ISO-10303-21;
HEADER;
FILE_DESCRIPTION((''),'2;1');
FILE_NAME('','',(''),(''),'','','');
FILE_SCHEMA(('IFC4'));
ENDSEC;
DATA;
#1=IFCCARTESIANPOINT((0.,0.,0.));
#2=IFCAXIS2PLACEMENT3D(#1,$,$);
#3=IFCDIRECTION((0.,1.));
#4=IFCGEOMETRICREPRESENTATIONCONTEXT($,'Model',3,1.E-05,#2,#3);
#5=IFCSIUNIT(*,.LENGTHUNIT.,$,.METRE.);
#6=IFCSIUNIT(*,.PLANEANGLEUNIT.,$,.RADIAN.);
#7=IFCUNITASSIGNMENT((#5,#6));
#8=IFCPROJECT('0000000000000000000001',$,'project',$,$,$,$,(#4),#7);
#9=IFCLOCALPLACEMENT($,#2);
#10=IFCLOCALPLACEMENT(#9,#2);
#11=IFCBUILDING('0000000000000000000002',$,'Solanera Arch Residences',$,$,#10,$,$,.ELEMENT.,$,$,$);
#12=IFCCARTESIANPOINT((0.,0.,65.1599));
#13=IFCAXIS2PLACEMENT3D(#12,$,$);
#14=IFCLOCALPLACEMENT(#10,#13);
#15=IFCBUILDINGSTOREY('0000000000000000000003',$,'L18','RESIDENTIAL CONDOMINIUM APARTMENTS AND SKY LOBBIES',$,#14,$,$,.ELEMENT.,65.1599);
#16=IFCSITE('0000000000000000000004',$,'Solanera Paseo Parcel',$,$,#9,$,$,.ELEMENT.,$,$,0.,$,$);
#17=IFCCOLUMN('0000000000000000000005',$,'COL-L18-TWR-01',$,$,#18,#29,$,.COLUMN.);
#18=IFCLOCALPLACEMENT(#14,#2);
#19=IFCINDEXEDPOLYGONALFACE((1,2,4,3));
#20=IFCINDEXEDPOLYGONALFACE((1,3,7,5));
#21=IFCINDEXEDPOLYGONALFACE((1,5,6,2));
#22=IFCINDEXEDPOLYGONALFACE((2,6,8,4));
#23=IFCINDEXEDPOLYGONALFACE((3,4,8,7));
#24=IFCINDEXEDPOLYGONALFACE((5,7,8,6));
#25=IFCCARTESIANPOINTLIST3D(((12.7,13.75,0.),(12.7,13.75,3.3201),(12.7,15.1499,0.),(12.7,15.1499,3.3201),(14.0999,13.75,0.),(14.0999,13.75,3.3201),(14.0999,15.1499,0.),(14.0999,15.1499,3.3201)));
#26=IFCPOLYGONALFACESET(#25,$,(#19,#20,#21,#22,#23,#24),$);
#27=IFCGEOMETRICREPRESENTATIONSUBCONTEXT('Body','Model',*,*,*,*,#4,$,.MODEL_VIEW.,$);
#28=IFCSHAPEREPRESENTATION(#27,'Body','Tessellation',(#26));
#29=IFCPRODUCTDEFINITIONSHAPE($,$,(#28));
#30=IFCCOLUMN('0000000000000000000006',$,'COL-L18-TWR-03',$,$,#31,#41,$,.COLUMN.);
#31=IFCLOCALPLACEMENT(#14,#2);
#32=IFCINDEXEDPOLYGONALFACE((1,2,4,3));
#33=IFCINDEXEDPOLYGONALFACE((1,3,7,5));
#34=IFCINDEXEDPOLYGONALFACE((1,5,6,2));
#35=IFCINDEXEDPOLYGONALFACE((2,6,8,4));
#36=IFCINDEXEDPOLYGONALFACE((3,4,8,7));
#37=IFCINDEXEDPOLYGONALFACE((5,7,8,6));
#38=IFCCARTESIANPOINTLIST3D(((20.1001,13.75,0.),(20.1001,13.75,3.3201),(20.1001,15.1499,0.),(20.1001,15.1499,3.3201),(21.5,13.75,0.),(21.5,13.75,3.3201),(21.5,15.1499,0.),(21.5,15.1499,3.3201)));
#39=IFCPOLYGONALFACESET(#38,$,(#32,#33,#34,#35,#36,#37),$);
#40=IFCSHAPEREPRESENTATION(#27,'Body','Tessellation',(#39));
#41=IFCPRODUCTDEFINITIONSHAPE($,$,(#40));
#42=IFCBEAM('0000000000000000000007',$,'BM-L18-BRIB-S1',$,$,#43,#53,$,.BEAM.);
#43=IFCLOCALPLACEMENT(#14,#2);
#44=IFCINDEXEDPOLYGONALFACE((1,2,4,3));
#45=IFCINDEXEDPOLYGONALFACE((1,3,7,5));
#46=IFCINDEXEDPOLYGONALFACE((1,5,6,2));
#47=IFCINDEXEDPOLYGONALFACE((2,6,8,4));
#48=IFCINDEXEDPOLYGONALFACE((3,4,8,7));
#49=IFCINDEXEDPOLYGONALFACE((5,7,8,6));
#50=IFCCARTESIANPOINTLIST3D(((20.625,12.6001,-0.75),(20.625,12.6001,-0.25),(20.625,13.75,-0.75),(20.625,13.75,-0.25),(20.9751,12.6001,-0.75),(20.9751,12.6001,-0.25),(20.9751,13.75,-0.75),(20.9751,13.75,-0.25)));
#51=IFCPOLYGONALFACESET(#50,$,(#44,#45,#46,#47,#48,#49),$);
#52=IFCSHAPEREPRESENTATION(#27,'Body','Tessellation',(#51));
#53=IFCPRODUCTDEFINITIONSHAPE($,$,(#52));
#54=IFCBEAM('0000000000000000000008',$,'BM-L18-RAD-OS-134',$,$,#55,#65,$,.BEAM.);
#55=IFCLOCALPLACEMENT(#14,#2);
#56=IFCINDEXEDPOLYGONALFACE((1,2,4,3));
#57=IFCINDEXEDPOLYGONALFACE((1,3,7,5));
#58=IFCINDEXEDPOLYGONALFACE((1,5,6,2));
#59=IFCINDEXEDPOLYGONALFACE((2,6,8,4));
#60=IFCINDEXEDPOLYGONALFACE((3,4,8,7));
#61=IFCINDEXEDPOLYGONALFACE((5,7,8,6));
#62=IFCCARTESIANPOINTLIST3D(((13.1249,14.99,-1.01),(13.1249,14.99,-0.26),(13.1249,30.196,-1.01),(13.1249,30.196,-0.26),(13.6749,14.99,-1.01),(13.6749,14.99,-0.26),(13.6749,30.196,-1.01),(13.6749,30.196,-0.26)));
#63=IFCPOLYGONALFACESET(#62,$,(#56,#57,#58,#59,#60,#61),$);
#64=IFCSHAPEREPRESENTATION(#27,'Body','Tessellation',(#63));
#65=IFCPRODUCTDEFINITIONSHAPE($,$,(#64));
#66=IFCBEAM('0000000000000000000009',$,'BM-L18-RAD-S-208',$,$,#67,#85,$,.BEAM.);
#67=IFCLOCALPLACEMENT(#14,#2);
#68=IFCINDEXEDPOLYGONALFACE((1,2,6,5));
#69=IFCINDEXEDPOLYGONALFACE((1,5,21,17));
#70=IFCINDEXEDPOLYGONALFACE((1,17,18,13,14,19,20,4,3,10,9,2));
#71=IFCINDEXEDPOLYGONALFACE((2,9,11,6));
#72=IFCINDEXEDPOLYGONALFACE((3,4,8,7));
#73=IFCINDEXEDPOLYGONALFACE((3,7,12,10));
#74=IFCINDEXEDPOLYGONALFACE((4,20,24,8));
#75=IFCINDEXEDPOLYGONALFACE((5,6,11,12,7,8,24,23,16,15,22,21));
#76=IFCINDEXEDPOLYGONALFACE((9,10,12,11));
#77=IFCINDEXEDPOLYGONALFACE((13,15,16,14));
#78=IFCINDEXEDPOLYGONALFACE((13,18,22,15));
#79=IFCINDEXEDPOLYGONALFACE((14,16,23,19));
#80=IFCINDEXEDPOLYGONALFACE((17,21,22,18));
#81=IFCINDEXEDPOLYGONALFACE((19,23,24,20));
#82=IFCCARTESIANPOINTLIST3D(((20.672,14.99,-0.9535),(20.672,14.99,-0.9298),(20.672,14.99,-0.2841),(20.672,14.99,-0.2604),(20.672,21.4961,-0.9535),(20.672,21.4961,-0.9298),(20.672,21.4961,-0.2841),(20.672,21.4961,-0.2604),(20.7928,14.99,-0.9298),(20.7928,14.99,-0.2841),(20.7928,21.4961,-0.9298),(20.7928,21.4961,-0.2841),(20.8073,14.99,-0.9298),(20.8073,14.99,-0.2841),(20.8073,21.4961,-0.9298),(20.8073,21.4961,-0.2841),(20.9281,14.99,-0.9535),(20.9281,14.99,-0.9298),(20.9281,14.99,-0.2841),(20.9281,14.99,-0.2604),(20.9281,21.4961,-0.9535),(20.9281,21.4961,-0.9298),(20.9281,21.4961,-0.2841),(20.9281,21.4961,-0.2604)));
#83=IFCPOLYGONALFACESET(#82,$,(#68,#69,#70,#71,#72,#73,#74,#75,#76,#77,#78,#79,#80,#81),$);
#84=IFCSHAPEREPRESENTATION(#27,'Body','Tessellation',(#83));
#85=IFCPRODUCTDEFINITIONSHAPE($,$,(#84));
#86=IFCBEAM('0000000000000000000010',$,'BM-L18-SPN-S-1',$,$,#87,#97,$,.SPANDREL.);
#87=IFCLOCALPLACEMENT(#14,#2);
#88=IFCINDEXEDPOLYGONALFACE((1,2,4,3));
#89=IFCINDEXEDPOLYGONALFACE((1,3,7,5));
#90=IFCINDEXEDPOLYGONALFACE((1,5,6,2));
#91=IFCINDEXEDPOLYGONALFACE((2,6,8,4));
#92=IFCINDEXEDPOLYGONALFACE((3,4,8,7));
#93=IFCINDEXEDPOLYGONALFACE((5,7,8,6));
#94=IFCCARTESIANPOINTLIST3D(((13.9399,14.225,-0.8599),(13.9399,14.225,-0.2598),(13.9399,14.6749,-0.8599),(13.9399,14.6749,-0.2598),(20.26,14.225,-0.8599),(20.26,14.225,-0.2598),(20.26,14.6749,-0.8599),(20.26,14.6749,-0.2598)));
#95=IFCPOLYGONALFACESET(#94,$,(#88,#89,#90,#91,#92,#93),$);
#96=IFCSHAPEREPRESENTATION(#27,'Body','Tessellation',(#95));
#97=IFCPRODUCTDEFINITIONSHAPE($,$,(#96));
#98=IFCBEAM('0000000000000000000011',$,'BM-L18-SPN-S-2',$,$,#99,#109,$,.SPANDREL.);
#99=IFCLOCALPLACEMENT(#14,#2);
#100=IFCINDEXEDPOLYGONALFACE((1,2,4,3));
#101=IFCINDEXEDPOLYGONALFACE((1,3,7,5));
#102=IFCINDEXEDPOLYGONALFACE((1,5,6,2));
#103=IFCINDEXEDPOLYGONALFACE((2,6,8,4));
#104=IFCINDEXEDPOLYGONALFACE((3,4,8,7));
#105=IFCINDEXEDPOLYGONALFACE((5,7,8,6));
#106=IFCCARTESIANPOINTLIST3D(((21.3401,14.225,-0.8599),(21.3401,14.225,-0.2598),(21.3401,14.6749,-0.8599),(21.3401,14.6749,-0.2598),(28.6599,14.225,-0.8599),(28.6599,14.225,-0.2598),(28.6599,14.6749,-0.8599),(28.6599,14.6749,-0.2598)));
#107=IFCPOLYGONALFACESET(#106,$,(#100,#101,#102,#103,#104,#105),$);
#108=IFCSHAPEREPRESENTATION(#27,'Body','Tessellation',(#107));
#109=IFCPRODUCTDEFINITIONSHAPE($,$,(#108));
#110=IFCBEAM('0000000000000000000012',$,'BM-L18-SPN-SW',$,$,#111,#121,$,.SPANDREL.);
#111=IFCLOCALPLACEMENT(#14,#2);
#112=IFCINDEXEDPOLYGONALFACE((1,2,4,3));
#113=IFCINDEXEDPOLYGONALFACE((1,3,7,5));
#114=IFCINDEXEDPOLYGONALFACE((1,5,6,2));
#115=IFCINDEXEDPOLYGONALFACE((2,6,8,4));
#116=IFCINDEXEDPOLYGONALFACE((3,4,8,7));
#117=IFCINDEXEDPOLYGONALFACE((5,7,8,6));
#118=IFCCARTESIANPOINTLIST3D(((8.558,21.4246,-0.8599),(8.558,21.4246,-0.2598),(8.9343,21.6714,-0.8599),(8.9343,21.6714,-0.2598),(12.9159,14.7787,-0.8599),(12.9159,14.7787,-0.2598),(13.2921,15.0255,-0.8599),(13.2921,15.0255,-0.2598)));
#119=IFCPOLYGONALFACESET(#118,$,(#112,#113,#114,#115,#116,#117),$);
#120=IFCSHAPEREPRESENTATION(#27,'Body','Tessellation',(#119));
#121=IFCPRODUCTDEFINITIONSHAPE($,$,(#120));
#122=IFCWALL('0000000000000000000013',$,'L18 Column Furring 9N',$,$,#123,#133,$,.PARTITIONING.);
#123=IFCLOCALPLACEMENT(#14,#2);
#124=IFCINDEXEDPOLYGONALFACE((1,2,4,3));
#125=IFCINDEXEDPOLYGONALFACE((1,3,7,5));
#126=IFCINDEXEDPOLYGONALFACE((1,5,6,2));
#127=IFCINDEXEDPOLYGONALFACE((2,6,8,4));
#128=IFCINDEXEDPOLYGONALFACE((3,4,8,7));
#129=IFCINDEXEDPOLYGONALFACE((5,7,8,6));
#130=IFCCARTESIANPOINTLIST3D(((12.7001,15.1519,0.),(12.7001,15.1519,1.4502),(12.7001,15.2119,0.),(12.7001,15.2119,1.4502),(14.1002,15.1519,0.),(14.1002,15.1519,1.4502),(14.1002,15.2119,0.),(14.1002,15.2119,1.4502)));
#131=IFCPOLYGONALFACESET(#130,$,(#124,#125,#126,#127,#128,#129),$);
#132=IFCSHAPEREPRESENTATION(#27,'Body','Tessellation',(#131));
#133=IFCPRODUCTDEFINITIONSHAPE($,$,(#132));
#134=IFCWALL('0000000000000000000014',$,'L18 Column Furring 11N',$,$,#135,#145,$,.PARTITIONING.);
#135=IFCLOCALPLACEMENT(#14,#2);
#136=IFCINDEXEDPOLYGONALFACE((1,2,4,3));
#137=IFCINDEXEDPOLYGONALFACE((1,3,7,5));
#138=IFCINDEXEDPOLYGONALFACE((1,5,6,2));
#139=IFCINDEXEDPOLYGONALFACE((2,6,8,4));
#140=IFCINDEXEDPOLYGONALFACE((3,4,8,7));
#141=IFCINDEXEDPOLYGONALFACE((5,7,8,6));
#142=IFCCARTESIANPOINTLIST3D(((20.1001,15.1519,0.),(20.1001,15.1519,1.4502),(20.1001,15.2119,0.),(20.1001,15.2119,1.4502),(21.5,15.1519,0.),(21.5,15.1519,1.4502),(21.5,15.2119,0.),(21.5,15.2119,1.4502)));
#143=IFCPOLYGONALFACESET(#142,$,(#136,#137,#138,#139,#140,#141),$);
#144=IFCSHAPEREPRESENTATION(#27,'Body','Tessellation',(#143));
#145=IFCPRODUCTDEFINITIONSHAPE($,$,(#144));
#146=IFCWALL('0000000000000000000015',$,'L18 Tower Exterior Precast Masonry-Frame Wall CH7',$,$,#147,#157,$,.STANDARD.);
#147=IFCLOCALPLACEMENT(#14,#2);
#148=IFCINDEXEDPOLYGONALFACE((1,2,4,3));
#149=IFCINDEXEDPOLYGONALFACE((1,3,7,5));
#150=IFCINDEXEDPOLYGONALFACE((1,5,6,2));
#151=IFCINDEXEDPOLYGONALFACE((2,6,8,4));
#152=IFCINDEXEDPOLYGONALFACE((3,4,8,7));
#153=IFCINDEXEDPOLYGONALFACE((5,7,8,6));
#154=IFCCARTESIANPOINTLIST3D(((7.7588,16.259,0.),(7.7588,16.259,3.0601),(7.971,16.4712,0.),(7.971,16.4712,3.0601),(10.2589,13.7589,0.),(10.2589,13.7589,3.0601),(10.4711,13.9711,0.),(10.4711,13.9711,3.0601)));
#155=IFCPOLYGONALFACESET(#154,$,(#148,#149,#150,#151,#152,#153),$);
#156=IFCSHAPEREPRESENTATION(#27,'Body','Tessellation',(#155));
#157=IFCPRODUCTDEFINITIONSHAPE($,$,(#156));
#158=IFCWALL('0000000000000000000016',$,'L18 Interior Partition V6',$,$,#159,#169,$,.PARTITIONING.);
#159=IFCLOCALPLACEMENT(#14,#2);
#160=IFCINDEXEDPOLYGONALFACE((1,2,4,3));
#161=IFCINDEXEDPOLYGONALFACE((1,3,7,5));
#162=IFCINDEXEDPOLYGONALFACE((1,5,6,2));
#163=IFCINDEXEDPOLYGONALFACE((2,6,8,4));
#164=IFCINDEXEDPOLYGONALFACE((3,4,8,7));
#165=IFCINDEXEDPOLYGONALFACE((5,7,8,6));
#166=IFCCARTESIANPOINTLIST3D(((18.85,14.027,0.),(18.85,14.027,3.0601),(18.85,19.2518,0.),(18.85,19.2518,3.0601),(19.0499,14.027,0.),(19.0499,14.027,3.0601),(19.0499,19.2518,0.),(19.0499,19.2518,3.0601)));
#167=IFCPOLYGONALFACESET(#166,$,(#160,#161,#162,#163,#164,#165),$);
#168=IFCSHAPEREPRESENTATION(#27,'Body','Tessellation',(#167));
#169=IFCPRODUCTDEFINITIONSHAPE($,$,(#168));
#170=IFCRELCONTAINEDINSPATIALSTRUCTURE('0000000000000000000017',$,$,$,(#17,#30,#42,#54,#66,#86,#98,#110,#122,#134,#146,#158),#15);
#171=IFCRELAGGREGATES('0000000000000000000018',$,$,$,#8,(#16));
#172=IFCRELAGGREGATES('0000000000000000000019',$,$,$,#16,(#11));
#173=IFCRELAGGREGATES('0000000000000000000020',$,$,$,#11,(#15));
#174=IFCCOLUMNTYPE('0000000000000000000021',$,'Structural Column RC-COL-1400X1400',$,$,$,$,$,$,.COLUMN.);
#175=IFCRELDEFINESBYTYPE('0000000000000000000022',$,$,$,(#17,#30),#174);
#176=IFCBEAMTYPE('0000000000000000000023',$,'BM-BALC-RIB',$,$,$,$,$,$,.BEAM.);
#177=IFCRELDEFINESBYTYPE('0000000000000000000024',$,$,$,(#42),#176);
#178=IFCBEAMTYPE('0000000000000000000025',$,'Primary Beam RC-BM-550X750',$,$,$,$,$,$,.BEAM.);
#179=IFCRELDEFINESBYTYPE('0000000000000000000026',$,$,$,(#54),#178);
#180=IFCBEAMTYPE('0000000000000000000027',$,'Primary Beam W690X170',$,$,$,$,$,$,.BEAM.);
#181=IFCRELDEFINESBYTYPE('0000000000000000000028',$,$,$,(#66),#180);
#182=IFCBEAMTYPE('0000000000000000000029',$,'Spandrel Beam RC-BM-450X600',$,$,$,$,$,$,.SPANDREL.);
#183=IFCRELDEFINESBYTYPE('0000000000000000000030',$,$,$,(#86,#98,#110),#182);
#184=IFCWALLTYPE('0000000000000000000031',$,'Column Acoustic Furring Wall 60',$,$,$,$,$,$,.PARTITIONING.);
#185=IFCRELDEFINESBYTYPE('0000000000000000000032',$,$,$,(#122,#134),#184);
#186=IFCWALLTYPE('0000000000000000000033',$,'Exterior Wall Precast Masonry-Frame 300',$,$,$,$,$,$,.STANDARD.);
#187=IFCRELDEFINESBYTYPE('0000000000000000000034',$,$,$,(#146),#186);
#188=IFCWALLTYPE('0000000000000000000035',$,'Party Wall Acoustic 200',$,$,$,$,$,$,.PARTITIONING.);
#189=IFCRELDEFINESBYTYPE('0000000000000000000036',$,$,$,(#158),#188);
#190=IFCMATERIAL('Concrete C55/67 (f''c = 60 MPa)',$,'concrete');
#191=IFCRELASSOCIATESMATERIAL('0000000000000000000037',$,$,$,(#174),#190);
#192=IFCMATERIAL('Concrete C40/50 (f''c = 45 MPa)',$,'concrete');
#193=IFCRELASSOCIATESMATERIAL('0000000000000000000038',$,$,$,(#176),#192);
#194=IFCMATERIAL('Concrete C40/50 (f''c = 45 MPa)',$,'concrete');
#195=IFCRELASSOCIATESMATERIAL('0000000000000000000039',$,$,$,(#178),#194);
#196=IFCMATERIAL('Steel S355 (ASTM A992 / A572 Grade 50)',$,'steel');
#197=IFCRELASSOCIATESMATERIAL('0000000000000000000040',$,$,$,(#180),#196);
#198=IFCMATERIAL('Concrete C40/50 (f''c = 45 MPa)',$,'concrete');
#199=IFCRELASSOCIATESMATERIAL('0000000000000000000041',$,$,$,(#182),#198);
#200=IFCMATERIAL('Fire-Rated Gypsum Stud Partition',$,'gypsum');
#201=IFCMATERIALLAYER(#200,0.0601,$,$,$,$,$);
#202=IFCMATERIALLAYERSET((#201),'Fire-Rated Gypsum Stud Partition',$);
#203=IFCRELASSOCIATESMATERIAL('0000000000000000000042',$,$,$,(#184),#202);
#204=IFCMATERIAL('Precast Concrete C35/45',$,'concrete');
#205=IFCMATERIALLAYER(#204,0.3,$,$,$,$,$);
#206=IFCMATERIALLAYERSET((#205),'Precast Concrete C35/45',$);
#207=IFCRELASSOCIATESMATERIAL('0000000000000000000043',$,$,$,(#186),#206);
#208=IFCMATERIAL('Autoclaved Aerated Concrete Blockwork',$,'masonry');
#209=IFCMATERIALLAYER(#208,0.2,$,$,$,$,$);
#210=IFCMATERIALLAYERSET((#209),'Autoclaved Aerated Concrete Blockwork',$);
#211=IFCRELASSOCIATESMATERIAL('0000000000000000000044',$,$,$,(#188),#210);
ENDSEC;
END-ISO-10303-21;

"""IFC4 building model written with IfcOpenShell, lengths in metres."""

from ifc_helpers import new_model, si_unit, direction, frame, frame_2d, origin, origin_2d, place, context, subcontext, project, spatial, rectangle, i_section, extrude, material, layer, layer_set, material_profile, profile_set, type_object, element, save


model = new_model("IFC4")

# Units and contexts
model_context = context("Model", 3, precision=1e-05, world=origin(), true_north=direction((0.0, 1.0)))
body_context = subcontext(model_context, "Body", "Model", "MODEL_VIEW")
ifc_project = project(units=[si_unit("LENGTHUNIT", "METRE"), si_unit("PLANEANGLEUNIT", "RADIAN")], contexts=[model_context])

# Site, building, storey
site_placement = place(None, origin())
site = spatial("IfcSite", under=ifc_project, at=site_placement, Name="Solanera Paseo Parcel", CompositionType="ELEMENT", RefElevation=0.0)
building_placement = place(site_placement, origin())
building = spatial("IfcBuilding", under=site, at=building_placement, Name="Solanera Arch Residences", CompositionType="ELEMENT")
storey_placement = place(building_placement, frame((0.0, 0.0, 65.1599)))
storey = spatial("IfcBuildingStorey", under=building, at=storey_placement, Name="L18", Description="RESIDENTIAL CONDOMINIUM APARTMENTS AND SKY LOBBIES", CompositionType="ELEMENT", Elevation=65.1599)

# Columns
ifc_material_1 = material(Name="Concrete C55/67 (f'c = 60 MPa)", Category="concrete")
ifc_material_profile_1 = material_profile(ifc_material_1, rectangle(XDim=1.3999, YDim=1.3999, at=origin_2d()))
ifc_profile_set_1 = profile_set([ifc_material_profile_1], Name="Concrete C55/67 (f'c = 60 MPa)")
column_type = type_object("IfcColumnType", Name="Structural Column RC-COL-1400X1400", PredefinedType="COLUMN", material=ifc_profile_set_1)
for number, where, z_axis, x_axis, name in (
    (1, (13.3999, 14.45, 0.0), (0.0, 0.0, 1.0), (1.0, 0.0, 0.0), "COL-L18-TWR-01"),
    (2, (20.8, 14.45, 0.0), (0.0, 0.0, 1.0), (1.0, 0.0, 0.0), "COL-L18-TWR-03"),
):
    element("IfcColumn", number, at=place(storey_placement, frame(where, z_axis=z_axis, x_axis=x_axis)), inside=storey, type_object=column_type, Name=name, PredefinedType="COLUMN", context=body_context, shape_type="SweptSolid", body=[
        extrude(rectangle(XDim=1.3999, YDim=1.3999, at=origin_2d()), origin(), (0.0, 0.0, 1.0), 3.3201),
    ])

# Beams
ifc_material_2 = material(Name="Concrete C40/50 (f'c = 45 MPa)", Category="concrete")
ifc_material_profile_2 = material_profile(ifc_material_2, rectangle(XDim=0.3501, YDim=0.5, at=origin_2d()))
ifc_profile_set_2 = profile_set([ifc_material_profile_2], Name="Concrete C40/50 (f'c = 45 MPa)")
beam_type_1 = type_object("IfcBeamType", Name="BM-BALC-RIB", PredefinedType="BEAM", material=ifc_profile_set_2)
beam_1_placement = place(storey_placement, frame((20.8, 12.6001, -0.5), z_axis=(0.0, 1.0, 0.0), x_axis=(-1.0, 0.0, 0.0)))
element("IfcBeam", 3, at=beam_1_placement, inside=storey, type_object=beam_type_1, Name="BM-L18-BRIB-S1", PredefinedType="BEAM", context=body_context, shape_type="SweptSolid", body=[
    extrude(rectangle(XDim=0.3501, YDim=0.5, at=origin_2d()), origin(), (0.0, 0.0, 1.0), 1.1499),
])
ifc_material_3 = material(Name="Concrete C40/50 (f'c = 45 MPa)", Category="concrete")
ifc_material_profile_3 = material_profile(ifc_material_3, rectangle(XDim=0.55, YDim=0.75, at=origin_2d()))
ifc_profile_set_3 = profile_set([ifc_material_profile_3], Name="Concrete C40/50 (f'c = 45 MPa)")
beam_type_2 = type_object("IfcBeamType", Name="Primary Beam RC-BM-550X750", PredefinedType="BEAM", material=ifc_profile_set_3)
beam_2_placement = place(storey_placement, frame((13.3999, 14.99, -0.635), z_axis=(0.0, 1.0, 0.0), x_axis=(-1.0, 0.0, 0.0)))
element("IfcBeam", 4, at=beam_2_placement, inside=storey, type_object=beam_type_2, Name="BM-L18-RAD-OS-134", PredefinedType="BEAM", context=body_context, shape_type="SweptSolid", body=[
    extrude(rectangle(XDim=0.55, YDim=0.75, at=origin_2d()), origin(), (0.0, 0.0, 1.0), 15.2061),
])
ifc_material_4 = material(Name="Steel S355 (ASTM A992 / A572 Grade 50)", Category="steel")
ifc_material_profile_4 = material_profile(ifc_material_4, i_section(OverallWidth=0.2561, OverallDepth=0.6931, WebThickness=0.0144, FlangeThickness=0.0237, at=origin_2d()))
ifc_profile_set_4 = profile_set([ifc_material_profile_4], Name="Steel S355 (ASTM A992 / A572 Grade 50)")
beam_type_3 = type_object("IfcBeamType", Name="Primary Beam W690X170", PredefinedType="BEAM", material=ifc_profile_set_4)
beam_3_placement = place(storey_placement, frame((20.8, 14.99, -0.6069), z_axis=(0.0, 1.0, 0.0), x_axis=(-1.0, 0.0, 0.0)))
element("IfcBeam", 5, at=beam_3_placement, inside=storey, type_object=beam_type_3, Name="BM-L18-RAD-S-208", PredefinedType="BEAM", context=body_context, shape_type="SweptSolid", body=[
    extrude(i_section(OverallWidth=0.2561, OverallDepth=0.6931, WebThickness=0.0144, FlangeThickness=0.0237, at=origin_2d()), origin(), (0.0, 0.0, 1.0), 6.5061),
])
ifc_material_5 = material(Name="Concrete C40/50 (f'c = 45 MPa)", Category="concrete")
ifc_material_profile_5 = material_profile(ifc_material_5, rectangle(XDim=0.45, YDim=0.6001, at=origin_2d()))
ifc_profile_set_5 = profile_set([ifc_material_profile_5], Name="Concrete C40/50 (f'c = 45 MPa)")
beam_type_4 = type_object("IfcBeamType", Name="Spandrel Beam RC-BM-450X600", PredefinedType="SPANDREL", material=ifc_profile_set_5)
beam_4_placement = place(storey_placement, frame((13.9399, 14.45, -0.5598), z_axis=(1.0, 0.0, 0.0), x_axis=(0.0, 1.0, 0.0)))
element("IfcBeam", 6, at=beam_4_placement, inside=storey, type_object=beam_type_4, Name="BM-L18-SPN-S-1", PredefinedType="SPANDREL", context=body_context, shape_type="SweptSolid", body=[
    extrude(rectangle(XDim=0.45, YDim=0.6001, at=origin_2d()), origin(), (0.0, 0.0, 1.0), 6.3201),
])
beam_5_placement = place(storey_placement, frame((21.3401, 14.45, -0.5598), z_axis=(1.0, 0.0, 0.0), x_axis=(0.0, 1.0, 0.0)))
element("IfcBeam", 7, at=beam_5_placement, inside=storey, type_object=beam_type_4, Name="BM-L18-SPN-S-2", PredefinedType="SPANDREL", context=body_context, shape_type="SweptSolid", body=[
    extrude(rectangle(XDim=0.45, YDim=0.6001, at=origin_2d()), origin(), (0.0, 0.0, 1.0), 7.3198),
])
beam_6_placement = place(storey_placement, frame((13.104, 14.9021, -0.5598), z_axis=(-0.548346, 0.836251, 0.0), x_axis=(-0.836251, -0.548346, 0.0)))
element("IfcBeam", 8, at=beam_6_placement, inside=storey, type_object=beam_type_4, Name="BM-L18-SPN-SW", PredefinedType="SPANDREL", context=body_context, shape_type="SweptSolid", body=[
    extrude(rectangle(XDim=0.45, YDim=0.6001, at=origin_2d()), origin(), (0.0, 0.0, 1.0), 7.9473),
])

# Walls
ifc_material_6 = material(Name="Fire-Rated Gypsum Stud Partition", Category="gypsum")
ifc_layer_1 = layer(ifc_material_6, 0.0601)
ifc_layer_set_1 = layer_set([ifc_layer_1], Name="Fire-Rated Gypsum Stud Partition")
wall_type_1 = type_object("IfcWallType", Name="Column Acoustic Furring Wall 60", PredefinedType="PARTITIONING", material=ifc_layer_set_1)
wall_1_placement = place(storey_placement, frame((12.7, 15.1819, 0.0), z_axis=(0.0, 0.0, 1.0), x_axis=(1.0, 0.0, 0.0)))
element("IfcWall", 9, at=wall_1_placement, inside=storey, type_object=wall_type_1, Name="L18 Column Furring 9N", PredefinedType="PARTITIONING", context=body_context, shape_type="SweptSolid", body=[
    extrude(rectangle(XDim=1.4001, YDim=0.0601, at=frame_2d((0.7002, 0.0))), origin(), (0.0, 0.0, 1.0), 1.4502),
])
wall_2_placement = place(storey_placement, frame((20.1001, 15.1819, 0.0), z_axis=(0.0, 0.0, 1.0), x_axis=(1.0, 0.0, 0.0)))
element("IfcWall", 10, at=wall_2_placement, inside=storey, type_object=wall_type_1, Name="L18 Column Furring 11N", PredefinedType="PARTITIONING", context=body_context, shape_type="SweptSolid", body=[
    extrude(rectangle(XDim=1.3999, YDim=0.0601, at=frame_2d((0.7, 0.0))), origin(), (0.0, 0.0, 1.0), 1.4502),
])
ifc_material_7 = material(Name="Precast Concrete C35/45", Category="concrete")
ifc_layer_2 = layer(ifc_material_7, 0.3)
ifc_layer_set_2 = layer_set([ifc_layer_2], Name="Precast Concrete C35/45")
wall_type_2 = type_object("IfcWallType", Name="Exterior Wall Precast Masonry-Frame 300", PredefinedType="STANDARD", material=ifc_layer_set_2)
wall_3_placement = place(storey_placement, frame((10.365, 13.865, 0.0), z_axis=(0.0, 0.0, 1.0), x_axis=(-0.707107, 0.707107, 0.0)))
element("IfcWall", 11, at=wall_3_placement, inside=storey, type_object=wall_type_2, Name="L18 Tower Exterior Precast Masonry-Frame Wall CH7", PredefinedType="STANDARD", context=body_context, shape_type="SweptSolid", body=[
    extrude(rectangle(XDim=3.5356, YDim=0.3, at=frame_2d((1.7678, 0.0))), origin(), (0.0, 0.0, 1.0), 3.0601),
])
ifc_material_8 = material(Name="Autoclaved Aerated Concrete Blockwork", Category="masonry")
ifc_layer_3 = layer(ifc_material_8, 0.2)
ifc_layer_set_3 = layer_set([ifc_layer_3], Name="Autoclaved Aerated Concrete Blockwork")
wall_type_3 = type_object("IfcWallType", Name="Party Wall Acoustic 200", PredefinedType="PARTITIONING", material=ifc_layer_set_3)
wall_4_placement = place(storey_placement, frame((18.95, 14.0271, 0.0), z_axis=(0.0, 0.0, 1.0), x_axis=(0.0, 1.0, 0.0)))
element("IfcWall", 12, at=wall_4_placement, inside=storey, type_object=wall_type_3, Name="L18 Interior Partition V6", PredefinedType="PARTITIONING", context=body_context, shape_type="SweptSolid", body=[
    extrude(rectangle(XDim=5.2249, YDim=0.2, at=frame_2d((2.6123, 0.0))), origin(), (0.0, 0.0, 1.0), 3.0601),
])

save(model, "model.ifc")
